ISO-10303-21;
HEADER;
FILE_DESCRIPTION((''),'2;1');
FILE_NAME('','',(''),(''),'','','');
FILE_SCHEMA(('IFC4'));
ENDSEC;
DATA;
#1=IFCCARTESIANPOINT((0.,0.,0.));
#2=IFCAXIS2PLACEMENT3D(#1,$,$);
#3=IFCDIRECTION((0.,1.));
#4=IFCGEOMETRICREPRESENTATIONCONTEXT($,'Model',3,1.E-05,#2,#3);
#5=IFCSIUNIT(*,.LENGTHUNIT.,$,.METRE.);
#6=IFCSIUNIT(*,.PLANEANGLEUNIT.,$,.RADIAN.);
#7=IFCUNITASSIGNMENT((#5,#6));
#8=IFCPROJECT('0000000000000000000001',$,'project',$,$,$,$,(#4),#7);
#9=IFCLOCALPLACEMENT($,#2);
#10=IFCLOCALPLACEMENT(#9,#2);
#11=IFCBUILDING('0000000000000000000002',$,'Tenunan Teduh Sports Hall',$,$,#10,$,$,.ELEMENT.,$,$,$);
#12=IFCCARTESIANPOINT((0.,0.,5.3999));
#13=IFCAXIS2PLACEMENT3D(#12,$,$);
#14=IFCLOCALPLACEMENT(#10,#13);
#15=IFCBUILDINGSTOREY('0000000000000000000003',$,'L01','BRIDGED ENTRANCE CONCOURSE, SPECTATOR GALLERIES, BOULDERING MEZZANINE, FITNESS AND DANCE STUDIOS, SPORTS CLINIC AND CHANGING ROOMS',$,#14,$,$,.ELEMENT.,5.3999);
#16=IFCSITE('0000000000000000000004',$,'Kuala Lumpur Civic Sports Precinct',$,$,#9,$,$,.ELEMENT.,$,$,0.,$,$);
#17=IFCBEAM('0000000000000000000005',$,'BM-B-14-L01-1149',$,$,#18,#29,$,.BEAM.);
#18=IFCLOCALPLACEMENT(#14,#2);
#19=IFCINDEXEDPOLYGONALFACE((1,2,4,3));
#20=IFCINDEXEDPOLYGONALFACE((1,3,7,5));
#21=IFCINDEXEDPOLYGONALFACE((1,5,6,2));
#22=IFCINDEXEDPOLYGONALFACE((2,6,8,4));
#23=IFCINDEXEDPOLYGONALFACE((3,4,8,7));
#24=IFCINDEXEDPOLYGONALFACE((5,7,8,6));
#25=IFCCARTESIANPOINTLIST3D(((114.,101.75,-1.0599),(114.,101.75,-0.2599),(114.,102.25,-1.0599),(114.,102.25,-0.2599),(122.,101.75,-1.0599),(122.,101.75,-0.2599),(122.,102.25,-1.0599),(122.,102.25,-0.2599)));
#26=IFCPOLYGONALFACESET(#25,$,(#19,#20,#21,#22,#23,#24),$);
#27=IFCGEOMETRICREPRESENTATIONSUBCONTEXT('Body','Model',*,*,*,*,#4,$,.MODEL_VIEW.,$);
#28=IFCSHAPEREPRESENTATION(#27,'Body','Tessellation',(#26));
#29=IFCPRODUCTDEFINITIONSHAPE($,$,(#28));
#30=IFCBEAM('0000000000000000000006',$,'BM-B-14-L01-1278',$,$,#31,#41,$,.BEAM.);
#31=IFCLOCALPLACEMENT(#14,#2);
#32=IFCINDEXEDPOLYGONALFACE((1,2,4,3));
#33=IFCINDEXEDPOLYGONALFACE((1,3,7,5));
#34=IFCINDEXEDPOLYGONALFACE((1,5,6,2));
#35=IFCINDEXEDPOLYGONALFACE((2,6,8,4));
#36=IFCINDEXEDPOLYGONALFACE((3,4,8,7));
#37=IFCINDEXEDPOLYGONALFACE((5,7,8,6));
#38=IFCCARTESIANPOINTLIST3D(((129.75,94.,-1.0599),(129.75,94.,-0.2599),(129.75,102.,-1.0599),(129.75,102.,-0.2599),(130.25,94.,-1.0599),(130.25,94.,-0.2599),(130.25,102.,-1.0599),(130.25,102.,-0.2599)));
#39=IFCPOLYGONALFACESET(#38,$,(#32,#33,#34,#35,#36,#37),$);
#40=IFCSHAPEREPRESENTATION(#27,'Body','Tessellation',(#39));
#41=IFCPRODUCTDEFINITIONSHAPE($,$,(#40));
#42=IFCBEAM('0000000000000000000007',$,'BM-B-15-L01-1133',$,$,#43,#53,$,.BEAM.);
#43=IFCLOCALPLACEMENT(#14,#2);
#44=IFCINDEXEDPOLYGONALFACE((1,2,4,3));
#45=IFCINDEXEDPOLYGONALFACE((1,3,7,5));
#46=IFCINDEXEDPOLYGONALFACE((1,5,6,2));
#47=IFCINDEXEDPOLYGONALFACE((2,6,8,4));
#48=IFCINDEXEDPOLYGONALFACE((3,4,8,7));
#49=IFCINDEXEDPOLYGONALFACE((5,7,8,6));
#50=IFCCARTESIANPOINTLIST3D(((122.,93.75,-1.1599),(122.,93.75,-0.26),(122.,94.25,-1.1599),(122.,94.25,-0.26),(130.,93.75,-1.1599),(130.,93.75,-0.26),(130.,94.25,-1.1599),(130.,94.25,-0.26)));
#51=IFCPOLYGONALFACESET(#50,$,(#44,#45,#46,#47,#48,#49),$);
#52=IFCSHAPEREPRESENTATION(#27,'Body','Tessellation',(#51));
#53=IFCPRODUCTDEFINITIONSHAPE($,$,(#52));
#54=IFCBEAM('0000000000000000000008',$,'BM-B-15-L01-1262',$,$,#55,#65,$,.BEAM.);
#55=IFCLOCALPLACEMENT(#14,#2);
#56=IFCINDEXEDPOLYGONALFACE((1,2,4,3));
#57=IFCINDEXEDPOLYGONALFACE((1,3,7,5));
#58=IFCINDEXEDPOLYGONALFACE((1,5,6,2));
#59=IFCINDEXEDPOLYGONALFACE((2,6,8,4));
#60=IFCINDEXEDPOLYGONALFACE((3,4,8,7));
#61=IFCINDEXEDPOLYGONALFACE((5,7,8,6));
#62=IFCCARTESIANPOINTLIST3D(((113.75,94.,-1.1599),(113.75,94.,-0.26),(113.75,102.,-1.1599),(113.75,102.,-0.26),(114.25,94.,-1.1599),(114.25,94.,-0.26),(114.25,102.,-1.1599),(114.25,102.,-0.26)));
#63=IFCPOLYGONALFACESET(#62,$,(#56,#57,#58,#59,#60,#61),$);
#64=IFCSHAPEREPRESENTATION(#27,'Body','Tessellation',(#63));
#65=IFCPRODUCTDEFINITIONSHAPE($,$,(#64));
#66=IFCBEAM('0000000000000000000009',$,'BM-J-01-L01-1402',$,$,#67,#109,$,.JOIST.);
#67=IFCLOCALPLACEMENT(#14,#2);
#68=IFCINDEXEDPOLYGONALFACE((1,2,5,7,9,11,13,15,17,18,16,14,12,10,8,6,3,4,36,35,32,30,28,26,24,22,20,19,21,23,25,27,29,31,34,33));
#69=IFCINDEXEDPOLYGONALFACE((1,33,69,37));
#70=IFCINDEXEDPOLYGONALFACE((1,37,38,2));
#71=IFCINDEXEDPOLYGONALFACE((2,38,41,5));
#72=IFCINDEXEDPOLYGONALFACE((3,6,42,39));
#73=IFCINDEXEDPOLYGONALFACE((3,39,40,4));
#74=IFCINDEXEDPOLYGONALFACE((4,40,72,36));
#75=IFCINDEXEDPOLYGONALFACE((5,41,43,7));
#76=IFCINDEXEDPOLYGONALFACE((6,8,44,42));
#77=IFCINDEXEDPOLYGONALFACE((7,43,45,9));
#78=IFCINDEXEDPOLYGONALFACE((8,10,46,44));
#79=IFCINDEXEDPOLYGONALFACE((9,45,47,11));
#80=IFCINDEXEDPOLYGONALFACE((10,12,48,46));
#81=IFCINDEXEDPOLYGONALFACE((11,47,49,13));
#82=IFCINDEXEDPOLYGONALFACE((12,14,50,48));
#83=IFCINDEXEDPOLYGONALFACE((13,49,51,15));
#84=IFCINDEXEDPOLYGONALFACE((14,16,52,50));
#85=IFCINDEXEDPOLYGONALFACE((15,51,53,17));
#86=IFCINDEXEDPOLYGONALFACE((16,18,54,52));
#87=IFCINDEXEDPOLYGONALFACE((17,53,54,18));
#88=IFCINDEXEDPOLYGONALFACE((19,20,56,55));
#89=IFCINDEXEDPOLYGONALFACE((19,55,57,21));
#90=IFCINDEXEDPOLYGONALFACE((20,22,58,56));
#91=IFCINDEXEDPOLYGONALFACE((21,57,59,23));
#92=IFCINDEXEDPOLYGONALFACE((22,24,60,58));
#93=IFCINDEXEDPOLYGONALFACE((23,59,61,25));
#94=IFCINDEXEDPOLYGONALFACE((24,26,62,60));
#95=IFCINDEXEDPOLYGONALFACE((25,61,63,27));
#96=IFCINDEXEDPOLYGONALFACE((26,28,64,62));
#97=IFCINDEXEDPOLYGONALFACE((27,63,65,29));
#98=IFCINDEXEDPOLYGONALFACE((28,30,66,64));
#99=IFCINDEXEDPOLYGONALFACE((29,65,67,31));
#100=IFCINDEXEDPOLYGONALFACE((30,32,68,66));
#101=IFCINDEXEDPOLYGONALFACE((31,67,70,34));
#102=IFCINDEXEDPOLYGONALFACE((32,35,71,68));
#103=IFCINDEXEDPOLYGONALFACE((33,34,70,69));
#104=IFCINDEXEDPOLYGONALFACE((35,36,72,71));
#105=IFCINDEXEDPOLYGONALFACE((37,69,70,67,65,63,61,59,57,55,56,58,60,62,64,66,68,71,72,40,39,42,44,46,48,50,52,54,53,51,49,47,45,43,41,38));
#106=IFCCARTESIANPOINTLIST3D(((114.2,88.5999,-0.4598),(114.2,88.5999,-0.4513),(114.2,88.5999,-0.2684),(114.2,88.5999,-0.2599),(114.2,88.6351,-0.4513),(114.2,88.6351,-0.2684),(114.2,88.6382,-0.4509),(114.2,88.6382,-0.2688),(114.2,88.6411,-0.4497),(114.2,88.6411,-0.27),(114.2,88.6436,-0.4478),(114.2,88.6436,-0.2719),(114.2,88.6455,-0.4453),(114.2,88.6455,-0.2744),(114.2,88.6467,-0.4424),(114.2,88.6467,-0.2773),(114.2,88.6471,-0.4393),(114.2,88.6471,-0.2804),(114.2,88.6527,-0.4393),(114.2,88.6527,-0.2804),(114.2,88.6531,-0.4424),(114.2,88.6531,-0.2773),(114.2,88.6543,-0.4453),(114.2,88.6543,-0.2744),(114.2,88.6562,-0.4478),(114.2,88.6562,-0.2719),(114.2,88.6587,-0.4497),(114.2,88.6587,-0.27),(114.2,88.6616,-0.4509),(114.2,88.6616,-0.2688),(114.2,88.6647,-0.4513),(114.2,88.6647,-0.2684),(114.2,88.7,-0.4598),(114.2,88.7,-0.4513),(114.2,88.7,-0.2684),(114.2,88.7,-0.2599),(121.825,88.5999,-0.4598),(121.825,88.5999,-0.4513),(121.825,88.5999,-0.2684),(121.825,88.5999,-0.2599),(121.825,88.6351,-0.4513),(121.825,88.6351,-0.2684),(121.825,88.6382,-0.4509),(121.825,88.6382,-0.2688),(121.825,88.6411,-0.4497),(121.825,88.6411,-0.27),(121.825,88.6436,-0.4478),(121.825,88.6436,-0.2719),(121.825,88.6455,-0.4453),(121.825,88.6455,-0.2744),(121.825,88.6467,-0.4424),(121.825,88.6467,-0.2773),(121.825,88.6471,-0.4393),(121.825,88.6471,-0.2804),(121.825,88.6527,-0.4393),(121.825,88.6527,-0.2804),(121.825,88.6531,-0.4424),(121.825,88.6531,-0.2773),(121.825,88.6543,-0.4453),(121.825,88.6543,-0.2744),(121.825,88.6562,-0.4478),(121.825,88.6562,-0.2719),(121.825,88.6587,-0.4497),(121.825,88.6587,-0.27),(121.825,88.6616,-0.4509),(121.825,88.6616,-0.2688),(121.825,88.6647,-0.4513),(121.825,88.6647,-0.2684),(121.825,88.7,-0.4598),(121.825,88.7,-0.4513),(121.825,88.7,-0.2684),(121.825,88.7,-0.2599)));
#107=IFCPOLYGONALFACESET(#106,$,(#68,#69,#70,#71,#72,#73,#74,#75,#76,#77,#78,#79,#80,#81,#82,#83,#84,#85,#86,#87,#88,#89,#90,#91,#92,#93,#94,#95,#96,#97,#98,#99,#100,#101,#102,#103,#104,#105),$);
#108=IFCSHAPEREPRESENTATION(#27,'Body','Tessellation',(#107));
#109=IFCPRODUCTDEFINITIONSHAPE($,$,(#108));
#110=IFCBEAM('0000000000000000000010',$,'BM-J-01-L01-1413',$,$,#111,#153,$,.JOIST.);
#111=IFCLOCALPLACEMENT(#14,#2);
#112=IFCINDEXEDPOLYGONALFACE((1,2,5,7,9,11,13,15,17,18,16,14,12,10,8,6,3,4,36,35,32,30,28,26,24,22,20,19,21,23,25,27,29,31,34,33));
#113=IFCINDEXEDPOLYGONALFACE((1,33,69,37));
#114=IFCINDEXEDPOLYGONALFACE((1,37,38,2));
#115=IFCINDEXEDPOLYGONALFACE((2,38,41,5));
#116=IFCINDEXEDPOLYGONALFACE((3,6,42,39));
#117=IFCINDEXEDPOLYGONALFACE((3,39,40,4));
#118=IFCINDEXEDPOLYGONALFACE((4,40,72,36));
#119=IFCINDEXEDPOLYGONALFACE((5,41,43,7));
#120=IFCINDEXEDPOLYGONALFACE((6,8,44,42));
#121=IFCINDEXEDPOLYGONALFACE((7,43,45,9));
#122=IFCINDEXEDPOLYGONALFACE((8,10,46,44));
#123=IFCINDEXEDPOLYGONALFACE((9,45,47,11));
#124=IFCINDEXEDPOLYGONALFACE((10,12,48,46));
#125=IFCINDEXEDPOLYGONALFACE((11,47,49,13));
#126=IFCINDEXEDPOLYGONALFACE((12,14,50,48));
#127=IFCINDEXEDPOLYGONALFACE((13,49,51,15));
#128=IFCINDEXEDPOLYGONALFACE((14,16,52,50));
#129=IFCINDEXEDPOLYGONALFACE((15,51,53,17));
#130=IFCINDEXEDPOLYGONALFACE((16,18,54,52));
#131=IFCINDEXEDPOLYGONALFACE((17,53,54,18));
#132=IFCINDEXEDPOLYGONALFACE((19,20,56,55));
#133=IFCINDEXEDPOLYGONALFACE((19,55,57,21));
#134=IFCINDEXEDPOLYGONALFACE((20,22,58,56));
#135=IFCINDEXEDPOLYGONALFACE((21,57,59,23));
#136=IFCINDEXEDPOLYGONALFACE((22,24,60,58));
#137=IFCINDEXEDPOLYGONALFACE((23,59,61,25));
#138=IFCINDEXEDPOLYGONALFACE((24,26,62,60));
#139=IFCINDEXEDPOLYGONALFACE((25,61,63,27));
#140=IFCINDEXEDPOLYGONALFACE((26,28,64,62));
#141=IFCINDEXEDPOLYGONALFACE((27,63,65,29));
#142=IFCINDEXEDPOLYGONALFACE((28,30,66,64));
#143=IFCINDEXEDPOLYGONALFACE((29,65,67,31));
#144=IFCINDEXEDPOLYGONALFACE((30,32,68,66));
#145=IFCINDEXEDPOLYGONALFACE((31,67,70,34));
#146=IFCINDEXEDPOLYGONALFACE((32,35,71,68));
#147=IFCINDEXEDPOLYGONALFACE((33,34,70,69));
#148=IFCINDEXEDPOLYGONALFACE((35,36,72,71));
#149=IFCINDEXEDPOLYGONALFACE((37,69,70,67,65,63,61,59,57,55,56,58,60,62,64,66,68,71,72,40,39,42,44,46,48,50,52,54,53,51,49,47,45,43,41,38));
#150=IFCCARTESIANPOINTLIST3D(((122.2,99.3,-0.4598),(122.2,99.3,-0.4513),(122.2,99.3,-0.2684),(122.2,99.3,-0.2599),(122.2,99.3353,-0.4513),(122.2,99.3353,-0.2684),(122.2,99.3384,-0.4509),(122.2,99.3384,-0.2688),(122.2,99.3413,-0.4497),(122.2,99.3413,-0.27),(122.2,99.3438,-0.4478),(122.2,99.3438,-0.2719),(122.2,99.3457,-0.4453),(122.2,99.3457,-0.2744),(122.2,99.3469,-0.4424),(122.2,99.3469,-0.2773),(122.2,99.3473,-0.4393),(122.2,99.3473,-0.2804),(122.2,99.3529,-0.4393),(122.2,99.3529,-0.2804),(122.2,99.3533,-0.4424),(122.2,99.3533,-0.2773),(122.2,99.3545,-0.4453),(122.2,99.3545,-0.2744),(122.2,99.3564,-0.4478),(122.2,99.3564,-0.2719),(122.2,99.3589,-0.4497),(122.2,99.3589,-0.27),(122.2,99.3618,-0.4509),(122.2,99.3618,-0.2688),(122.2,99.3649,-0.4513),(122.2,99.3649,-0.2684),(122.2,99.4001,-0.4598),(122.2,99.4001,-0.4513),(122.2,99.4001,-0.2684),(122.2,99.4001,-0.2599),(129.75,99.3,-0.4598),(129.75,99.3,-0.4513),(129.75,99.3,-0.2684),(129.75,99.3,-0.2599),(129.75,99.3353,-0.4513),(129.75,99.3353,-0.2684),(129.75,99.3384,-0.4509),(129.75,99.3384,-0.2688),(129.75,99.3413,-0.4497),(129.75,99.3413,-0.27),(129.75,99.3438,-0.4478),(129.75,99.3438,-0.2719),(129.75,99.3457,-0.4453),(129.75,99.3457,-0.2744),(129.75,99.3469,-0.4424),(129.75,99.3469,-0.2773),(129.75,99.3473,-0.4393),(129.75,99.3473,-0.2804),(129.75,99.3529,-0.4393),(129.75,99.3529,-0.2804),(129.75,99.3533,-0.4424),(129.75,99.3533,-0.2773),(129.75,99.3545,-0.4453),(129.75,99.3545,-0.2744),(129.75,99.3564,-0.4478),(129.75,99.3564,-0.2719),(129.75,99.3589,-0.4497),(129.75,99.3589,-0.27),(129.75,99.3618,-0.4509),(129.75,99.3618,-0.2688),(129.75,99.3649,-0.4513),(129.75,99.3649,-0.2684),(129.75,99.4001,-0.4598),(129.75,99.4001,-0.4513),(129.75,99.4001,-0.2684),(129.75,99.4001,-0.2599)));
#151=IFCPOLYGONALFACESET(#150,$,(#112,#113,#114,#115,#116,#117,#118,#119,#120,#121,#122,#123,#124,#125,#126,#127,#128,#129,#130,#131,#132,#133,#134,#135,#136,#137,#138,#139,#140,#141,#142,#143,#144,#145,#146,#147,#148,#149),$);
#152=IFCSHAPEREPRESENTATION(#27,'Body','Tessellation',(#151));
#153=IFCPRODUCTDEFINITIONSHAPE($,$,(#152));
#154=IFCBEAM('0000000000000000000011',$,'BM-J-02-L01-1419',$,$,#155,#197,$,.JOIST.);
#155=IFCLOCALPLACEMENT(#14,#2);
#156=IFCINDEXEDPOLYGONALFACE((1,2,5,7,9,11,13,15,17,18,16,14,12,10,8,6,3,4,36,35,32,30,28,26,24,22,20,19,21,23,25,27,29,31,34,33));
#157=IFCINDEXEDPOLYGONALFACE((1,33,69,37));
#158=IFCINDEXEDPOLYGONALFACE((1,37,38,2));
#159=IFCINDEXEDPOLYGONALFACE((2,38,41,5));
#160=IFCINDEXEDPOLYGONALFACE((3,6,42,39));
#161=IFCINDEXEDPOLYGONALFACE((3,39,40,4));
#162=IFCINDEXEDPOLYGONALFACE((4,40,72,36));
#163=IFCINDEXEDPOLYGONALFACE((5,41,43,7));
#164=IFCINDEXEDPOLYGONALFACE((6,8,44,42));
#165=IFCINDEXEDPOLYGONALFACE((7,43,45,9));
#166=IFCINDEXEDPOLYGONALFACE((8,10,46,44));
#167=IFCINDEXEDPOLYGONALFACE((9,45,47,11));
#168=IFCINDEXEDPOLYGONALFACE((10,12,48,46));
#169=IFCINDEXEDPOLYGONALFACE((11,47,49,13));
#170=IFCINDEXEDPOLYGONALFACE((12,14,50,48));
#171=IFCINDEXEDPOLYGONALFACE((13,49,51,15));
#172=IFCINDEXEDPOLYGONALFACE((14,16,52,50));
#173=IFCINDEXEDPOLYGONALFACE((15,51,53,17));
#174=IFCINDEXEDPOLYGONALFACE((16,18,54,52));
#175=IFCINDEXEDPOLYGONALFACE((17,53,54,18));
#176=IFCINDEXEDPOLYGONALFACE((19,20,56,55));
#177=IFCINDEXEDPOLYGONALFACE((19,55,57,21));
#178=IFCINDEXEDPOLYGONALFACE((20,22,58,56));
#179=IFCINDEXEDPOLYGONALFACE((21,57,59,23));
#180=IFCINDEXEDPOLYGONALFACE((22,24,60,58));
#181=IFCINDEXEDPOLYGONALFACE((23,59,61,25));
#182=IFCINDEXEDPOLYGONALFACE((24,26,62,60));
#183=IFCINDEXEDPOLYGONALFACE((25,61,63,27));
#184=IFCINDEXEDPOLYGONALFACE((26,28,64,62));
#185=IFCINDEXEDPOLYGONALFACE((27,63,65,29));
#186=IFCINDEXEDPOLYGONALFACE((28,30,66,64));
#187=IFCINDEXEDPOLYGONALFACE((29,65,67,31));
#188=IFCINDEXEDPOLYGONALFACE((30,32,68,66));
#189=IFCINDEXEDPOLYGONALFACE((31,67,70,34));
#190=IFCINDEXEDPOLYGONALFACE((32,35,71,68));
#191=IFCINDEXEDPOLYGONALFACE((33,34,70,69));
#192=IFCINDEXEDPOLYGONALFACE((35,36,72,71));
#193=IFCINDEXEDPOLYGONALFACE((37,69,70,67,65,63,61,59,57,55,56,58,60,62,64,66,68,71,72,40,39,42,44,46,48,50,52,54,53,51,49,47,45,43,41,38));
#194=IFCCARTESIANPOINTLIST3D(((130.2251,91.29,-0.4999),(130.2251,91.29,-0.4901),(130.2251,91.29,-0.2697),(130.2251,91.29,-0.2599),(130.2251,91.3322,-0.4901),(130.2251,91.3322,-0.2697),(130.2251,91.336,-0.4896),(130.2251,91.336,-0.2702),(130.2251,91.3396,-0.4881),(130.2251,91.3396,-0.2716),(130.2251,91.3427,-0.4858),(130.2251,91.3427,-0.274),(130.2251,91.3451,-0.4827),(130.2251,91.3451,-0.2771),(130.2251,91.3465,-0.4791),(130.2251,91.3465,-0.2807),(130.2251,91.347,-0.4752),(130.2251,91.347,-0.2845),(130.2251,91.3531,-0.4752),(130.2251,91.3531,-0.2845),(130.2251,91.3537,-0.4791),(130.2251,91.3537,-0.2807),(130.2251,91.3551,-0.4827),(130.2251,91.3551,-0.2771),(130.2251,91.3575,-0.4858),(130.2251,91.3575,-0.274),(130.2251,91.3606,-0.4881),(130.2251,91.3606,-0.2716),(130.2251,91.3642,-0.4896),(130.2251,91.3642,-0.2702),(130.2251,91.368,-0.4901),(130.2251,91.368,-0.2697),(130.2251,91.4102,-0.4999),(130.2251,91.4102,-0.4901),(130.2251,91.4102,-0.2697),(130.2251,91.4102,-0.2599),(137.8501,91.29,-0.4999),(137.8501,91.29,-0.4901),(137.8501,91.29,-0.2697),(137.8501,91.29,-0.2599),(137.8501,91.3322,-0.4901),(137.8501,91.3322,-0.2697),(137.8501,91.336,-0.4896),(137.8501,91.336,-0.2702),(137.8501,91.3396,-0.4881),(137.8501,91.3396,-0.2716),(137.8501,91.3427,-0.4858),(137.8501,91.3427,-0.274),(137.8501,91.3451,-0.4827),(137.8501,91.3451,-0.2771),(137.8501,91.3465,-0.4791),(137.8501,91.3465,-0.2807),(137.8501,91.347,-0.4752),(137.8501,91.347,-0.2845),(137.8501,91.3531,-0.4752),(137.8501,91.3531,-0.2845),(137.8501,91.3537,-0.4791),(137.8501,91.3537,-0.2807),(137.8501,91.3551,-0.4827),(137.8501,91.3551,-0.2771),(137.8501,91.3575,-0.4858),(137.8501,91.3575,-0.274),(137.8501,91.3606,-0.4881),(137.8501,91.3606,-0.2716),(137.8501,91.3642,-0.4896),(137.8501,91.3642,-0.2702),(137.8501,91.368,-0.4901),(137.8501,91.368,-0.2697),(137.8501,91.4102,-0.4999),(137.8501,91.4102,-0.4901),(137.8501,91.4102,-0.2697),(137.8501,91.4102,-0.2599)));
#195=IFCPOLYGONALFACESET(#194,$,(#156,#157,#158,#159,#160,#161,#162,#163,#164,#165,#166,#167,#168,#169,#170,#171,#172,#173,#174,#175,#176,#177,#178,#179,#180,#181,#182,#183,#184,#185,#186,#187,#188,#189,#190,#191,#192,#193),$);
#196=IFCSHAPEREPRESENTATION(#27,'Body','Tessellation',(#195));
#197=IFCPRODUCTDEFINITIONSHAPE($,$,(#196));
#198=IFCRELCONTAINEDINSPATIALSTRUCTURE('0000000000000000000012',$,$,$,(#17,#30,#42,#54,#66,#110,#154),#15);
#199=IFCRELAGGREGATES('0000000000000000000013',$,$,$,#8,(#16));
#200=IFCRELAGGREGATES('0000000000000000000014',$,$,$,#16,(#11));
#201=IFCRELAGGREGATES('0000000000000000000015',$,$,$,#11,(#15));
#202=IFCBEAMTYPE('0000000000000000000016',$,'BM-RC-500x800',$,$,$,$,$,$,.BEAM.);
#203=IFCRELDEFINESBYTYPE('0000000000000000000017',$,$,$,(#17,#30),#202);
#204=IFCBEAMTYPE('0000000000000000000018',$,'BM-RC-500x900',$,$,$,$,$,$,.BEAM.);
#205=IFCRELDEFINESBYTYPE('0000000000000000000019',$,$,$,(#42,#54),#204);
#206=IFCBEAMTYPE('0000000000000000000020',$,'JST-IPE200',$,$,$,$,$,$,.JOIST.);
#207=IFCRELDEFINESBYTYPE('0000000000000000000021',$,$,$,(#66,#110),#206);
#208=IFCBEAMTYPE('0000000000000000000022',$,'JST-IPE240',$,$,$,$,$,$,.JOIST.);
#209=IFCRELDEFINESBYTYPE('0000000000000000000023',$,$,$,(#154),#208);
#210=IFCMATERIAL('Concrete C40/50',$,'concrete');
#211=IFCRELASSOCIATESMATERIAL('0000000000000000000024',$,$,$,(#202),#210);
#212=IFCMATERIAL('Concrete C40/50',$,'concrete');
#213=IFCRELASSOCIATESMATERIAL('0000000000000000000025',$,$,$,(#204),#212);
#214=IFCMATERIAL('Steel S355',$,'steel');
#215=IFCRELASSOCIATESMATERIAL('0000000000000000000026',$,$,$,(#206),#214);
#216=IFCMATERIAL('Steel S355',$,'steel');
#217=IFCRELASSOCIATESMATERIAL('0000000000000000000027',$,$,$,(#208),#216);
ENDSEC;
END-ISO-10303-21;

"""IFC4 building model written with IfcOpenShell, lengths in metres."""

from ifc_helpers import new_model, si_unit, direction, frame, origin, origin_2d, place, context, subcontext, project, spatial, rectangle, i_section, extrude, material, material_profile, profile_set, type_object, element, save


model = new_model("IFC4")

# Units and contexts
model_context = context("Model", 3, precision=1e-05, world=origin(), true_north=direction((0.0, 1.0)))
body_context = subcontext(model_context, "Body", "Model", "MODEL_VIEW")
ifc_project = project(units=[si_unit("LENGTHUNIT", "METRE"), si_unit("PLANEANGLEUNIT", "RADIAN")], contexts=[model_context])

# Site, building, storey
site_placement = place(None, origin())
site = spatial("IfcSite", under=ifc_project, at=site_placement, Name="Kuala Lumpur Civic Sports Precinct", CompositionType="ELEMENT", RefElevation=0.0)
building_placement = place(site_placement, origin())
building = spatial("IfcBuilding", under=site, at=building_placement, Name="Tenunan Teduh Sports Hall", CompositionType="ELEMENT")
storey_placement = place(building_placement, frame((0.0, 0.0, 5.3999)))
storey = spatial("IfcBuildingStorey", under=building, at=storey_placement, Name="L01", Description="BRIDGED ENTRANCE CONCOURSE, SPECTATOR GALLERIES, BOULDERING MEZZANINE, FITNESS AND DANCE STUDIOS, SPORTS CLINIC AND CHANGING ROOMS", CompositionType="ELEMENT", Elevation=5.3999)

# Beams
ifc_material_1 = material(Name="Concrete C40/50", Category="concrete")
ifc_material_profile_1 = material_profile(ifc_material_1, rectangle(XDim=0.5, YDim=0.8, at=origin_2d()), Name="RCB 500x800")
ifc_profile_set_1 = profile_set([ifc_material_profile_1], Name="Concrete C40/50")
beam_type_1 = type_object("IfcBeamType", Name="BM-RC-500x800", PredefinedType="BEAM", material=ifc_profile_set_1)
for number, where, z_axis, x_axis, name in (
    (1, (114.0, 102.0, -0.6599), (1.0, 0.0, 0.0), (0.0, 1.0, 0.0), "BM-B-14-L01-1149"),
    (2, (130.0, 94.0, -0.6599), (0.0, 1.0, 0.0), (-1.0, 0.0, 0.0), "BM-B-14-L01-1278"),
):
    element("IfcBeam", number, at=place(storey_placement, frame(where, z_axis=z_axis, x_axis=x_axis)), inside=storey, type_object=beam_type_1, Name=name, PredefinedType="BEAM", context=body_context, shape_type="SweptSolid", body=[
        extrude(rectangle(XDim=0.5, YDim=0.8, at=origin_2d()), origin(), (0.0, 0.0, 1.0), 8.0),
    ])
ifc_material_2 = material(Name="Concrete C40/50", Category="concrete")
ifc_material_profile_2 = material_profile(ifc_material_2, rectangle(XDim=0.5, YDim=0.8999, at=origin_2d()), Name="RCB 500x900")
ifc_profile_set_2 = profile_set([ifc_material_profile_2], Name="Concrete C40/50")
beam_type_2 = type_object("IfcBeamType", Name="BM-RC-500x900", PredefinedType="BEAM", material=ifc_profile_set_2)
for number, where, z_axis, x_axis, name in (
    (3, (122.0, 94.0, -0.71), (1.0, 0.0, 0.0), (0.0, 1.0, 0.0), "BM-B-15-L01-1133"),
    (4, (114.0, 94.0, -0.71), (0.0, 1.0, 0.0), (-1.0, 0.0, 0.0), "BM-B-15-L01-1262"),
):
    element("IfcBeam", number, at=place(storey_placement, frame(where, z_axis=z_axis, x_axis=x_axis)), inside=storey, type_object=beam_type_2, Name=name, PredefinedType="BEAM", context=body_context, shape_type="SweptSolid", body=[
        extrude(rectangle(XDim=0.5, YDim=0.8999, at=origin_2d()), origin(), (0.0, 0.0, 1.0), 8.0),
    ])
ifc_material_3 = material(Name="Steel S355", Category="steel")
ifc_material_profile_3 = material_profile(ifc_material_3, i_section(OverallWidth=0.1001, OverallDepth=0.2, WebThickness=0.0056, FlangeThickness=0.0085, FilletRadius=0.012, at=origin_2d()), Name="IPE 200")
ifc_profile_set_3 = profile_set([ifc_material_profile_3], Name="Steel S355")
beam_type_3 = type_object("IfcBeamType", Name="JST-IPE200", PredefinedType="JOIST", material=ifc_profile_set_3)
beam_1_placement = place(storey_placement, frame((114.2, 88.6499, -0.3599), z_axis=(1.0, 0.0, 0.0), x_axis=(0.0, 1.0, 0.0)))
element("IfcBeam", 5, at=beam_1_placement, inside=storey, type_object=beam_type_3, Name="BM-J-01-L01-1402", PredefinedType="JOIST", context=body_context, shape_type="SweptSolid", body=[
    extrude(i_section(OverallWidth=0.1001, OverallDepth=0.2, WebThickness=0.0056, FlangeThickness=0.0085, FilletRadius=0.012, at=origin_2d()), origin(), (0.0, 0.0, 1.0), 7.625),
])
beam_2_placement = place(storey_placement, frame((122.2, 99.3501, -0.3599), z_axis=(1.0, 0.0, 0.0), x_axis=(0.0, 1.0, 0.0)))
element("IfcBeam", 6, at=beam_2_placement, inside=storey, type_object=beam_type_3, Name="BM-J-01-L01-1413", PredefinedType="JOIST", context=body_context, shape_type="SweptSolid", body=[
    extrude(i_section(OverallWidth=0.1001, OverallDepth=0.2, WebThickness=0.0056, FlangeThickness=0.0085, FilletRadius=0.012, at=origin_2d()), origin(), (0.0, 0.0, 1.0), 7.55),
])
ifc_material_4 = material(Name="Steel S355", Category="steel")
ifc_material_profile_4 = material_profile(ifc_material_4, i_section(OverallWidth=0.1201, OverallDepth=0.24, WebThickness=0.0061, FlangeThickness=0.0098, FilletRadius=0.0149, at=origin_2d()), Name="IPE 240")
ifc_profile_set_4 = profile_set([ifc_material_profile_4], Name="Steel S355")
beam_type_4 = type_object("IfcBeamType", Name="JST-IPE240", PredefinedType="JOIST", material=ifc_profile_set_4)
beam_3_placement = place(storey_placement, frame((130.2251, 91.3501, -0.3799), z_axis=(1.0, 0.0, 0.0), x_axis=(0.0, 1.0, 0.0)))
element("IfcBeam", 7, at=beam_3_placement, inside=storey, type_object=beam_type_4, Name="BM-J-02-L01-1419", PredefinedType="JOIST", context=body_context, shape_type="SweptSolid", body=[
    extrude(i_section(OverallWidth=0.1201, OverallDepth=0.24, WebThickness=0.0061, FlangeThickness=0.0098, FilletRadius=0.0149, at=origin_2d()), origin(), (0.0, 0.0, 1.0), 7.625),
])

save(model, "model.ifc")
